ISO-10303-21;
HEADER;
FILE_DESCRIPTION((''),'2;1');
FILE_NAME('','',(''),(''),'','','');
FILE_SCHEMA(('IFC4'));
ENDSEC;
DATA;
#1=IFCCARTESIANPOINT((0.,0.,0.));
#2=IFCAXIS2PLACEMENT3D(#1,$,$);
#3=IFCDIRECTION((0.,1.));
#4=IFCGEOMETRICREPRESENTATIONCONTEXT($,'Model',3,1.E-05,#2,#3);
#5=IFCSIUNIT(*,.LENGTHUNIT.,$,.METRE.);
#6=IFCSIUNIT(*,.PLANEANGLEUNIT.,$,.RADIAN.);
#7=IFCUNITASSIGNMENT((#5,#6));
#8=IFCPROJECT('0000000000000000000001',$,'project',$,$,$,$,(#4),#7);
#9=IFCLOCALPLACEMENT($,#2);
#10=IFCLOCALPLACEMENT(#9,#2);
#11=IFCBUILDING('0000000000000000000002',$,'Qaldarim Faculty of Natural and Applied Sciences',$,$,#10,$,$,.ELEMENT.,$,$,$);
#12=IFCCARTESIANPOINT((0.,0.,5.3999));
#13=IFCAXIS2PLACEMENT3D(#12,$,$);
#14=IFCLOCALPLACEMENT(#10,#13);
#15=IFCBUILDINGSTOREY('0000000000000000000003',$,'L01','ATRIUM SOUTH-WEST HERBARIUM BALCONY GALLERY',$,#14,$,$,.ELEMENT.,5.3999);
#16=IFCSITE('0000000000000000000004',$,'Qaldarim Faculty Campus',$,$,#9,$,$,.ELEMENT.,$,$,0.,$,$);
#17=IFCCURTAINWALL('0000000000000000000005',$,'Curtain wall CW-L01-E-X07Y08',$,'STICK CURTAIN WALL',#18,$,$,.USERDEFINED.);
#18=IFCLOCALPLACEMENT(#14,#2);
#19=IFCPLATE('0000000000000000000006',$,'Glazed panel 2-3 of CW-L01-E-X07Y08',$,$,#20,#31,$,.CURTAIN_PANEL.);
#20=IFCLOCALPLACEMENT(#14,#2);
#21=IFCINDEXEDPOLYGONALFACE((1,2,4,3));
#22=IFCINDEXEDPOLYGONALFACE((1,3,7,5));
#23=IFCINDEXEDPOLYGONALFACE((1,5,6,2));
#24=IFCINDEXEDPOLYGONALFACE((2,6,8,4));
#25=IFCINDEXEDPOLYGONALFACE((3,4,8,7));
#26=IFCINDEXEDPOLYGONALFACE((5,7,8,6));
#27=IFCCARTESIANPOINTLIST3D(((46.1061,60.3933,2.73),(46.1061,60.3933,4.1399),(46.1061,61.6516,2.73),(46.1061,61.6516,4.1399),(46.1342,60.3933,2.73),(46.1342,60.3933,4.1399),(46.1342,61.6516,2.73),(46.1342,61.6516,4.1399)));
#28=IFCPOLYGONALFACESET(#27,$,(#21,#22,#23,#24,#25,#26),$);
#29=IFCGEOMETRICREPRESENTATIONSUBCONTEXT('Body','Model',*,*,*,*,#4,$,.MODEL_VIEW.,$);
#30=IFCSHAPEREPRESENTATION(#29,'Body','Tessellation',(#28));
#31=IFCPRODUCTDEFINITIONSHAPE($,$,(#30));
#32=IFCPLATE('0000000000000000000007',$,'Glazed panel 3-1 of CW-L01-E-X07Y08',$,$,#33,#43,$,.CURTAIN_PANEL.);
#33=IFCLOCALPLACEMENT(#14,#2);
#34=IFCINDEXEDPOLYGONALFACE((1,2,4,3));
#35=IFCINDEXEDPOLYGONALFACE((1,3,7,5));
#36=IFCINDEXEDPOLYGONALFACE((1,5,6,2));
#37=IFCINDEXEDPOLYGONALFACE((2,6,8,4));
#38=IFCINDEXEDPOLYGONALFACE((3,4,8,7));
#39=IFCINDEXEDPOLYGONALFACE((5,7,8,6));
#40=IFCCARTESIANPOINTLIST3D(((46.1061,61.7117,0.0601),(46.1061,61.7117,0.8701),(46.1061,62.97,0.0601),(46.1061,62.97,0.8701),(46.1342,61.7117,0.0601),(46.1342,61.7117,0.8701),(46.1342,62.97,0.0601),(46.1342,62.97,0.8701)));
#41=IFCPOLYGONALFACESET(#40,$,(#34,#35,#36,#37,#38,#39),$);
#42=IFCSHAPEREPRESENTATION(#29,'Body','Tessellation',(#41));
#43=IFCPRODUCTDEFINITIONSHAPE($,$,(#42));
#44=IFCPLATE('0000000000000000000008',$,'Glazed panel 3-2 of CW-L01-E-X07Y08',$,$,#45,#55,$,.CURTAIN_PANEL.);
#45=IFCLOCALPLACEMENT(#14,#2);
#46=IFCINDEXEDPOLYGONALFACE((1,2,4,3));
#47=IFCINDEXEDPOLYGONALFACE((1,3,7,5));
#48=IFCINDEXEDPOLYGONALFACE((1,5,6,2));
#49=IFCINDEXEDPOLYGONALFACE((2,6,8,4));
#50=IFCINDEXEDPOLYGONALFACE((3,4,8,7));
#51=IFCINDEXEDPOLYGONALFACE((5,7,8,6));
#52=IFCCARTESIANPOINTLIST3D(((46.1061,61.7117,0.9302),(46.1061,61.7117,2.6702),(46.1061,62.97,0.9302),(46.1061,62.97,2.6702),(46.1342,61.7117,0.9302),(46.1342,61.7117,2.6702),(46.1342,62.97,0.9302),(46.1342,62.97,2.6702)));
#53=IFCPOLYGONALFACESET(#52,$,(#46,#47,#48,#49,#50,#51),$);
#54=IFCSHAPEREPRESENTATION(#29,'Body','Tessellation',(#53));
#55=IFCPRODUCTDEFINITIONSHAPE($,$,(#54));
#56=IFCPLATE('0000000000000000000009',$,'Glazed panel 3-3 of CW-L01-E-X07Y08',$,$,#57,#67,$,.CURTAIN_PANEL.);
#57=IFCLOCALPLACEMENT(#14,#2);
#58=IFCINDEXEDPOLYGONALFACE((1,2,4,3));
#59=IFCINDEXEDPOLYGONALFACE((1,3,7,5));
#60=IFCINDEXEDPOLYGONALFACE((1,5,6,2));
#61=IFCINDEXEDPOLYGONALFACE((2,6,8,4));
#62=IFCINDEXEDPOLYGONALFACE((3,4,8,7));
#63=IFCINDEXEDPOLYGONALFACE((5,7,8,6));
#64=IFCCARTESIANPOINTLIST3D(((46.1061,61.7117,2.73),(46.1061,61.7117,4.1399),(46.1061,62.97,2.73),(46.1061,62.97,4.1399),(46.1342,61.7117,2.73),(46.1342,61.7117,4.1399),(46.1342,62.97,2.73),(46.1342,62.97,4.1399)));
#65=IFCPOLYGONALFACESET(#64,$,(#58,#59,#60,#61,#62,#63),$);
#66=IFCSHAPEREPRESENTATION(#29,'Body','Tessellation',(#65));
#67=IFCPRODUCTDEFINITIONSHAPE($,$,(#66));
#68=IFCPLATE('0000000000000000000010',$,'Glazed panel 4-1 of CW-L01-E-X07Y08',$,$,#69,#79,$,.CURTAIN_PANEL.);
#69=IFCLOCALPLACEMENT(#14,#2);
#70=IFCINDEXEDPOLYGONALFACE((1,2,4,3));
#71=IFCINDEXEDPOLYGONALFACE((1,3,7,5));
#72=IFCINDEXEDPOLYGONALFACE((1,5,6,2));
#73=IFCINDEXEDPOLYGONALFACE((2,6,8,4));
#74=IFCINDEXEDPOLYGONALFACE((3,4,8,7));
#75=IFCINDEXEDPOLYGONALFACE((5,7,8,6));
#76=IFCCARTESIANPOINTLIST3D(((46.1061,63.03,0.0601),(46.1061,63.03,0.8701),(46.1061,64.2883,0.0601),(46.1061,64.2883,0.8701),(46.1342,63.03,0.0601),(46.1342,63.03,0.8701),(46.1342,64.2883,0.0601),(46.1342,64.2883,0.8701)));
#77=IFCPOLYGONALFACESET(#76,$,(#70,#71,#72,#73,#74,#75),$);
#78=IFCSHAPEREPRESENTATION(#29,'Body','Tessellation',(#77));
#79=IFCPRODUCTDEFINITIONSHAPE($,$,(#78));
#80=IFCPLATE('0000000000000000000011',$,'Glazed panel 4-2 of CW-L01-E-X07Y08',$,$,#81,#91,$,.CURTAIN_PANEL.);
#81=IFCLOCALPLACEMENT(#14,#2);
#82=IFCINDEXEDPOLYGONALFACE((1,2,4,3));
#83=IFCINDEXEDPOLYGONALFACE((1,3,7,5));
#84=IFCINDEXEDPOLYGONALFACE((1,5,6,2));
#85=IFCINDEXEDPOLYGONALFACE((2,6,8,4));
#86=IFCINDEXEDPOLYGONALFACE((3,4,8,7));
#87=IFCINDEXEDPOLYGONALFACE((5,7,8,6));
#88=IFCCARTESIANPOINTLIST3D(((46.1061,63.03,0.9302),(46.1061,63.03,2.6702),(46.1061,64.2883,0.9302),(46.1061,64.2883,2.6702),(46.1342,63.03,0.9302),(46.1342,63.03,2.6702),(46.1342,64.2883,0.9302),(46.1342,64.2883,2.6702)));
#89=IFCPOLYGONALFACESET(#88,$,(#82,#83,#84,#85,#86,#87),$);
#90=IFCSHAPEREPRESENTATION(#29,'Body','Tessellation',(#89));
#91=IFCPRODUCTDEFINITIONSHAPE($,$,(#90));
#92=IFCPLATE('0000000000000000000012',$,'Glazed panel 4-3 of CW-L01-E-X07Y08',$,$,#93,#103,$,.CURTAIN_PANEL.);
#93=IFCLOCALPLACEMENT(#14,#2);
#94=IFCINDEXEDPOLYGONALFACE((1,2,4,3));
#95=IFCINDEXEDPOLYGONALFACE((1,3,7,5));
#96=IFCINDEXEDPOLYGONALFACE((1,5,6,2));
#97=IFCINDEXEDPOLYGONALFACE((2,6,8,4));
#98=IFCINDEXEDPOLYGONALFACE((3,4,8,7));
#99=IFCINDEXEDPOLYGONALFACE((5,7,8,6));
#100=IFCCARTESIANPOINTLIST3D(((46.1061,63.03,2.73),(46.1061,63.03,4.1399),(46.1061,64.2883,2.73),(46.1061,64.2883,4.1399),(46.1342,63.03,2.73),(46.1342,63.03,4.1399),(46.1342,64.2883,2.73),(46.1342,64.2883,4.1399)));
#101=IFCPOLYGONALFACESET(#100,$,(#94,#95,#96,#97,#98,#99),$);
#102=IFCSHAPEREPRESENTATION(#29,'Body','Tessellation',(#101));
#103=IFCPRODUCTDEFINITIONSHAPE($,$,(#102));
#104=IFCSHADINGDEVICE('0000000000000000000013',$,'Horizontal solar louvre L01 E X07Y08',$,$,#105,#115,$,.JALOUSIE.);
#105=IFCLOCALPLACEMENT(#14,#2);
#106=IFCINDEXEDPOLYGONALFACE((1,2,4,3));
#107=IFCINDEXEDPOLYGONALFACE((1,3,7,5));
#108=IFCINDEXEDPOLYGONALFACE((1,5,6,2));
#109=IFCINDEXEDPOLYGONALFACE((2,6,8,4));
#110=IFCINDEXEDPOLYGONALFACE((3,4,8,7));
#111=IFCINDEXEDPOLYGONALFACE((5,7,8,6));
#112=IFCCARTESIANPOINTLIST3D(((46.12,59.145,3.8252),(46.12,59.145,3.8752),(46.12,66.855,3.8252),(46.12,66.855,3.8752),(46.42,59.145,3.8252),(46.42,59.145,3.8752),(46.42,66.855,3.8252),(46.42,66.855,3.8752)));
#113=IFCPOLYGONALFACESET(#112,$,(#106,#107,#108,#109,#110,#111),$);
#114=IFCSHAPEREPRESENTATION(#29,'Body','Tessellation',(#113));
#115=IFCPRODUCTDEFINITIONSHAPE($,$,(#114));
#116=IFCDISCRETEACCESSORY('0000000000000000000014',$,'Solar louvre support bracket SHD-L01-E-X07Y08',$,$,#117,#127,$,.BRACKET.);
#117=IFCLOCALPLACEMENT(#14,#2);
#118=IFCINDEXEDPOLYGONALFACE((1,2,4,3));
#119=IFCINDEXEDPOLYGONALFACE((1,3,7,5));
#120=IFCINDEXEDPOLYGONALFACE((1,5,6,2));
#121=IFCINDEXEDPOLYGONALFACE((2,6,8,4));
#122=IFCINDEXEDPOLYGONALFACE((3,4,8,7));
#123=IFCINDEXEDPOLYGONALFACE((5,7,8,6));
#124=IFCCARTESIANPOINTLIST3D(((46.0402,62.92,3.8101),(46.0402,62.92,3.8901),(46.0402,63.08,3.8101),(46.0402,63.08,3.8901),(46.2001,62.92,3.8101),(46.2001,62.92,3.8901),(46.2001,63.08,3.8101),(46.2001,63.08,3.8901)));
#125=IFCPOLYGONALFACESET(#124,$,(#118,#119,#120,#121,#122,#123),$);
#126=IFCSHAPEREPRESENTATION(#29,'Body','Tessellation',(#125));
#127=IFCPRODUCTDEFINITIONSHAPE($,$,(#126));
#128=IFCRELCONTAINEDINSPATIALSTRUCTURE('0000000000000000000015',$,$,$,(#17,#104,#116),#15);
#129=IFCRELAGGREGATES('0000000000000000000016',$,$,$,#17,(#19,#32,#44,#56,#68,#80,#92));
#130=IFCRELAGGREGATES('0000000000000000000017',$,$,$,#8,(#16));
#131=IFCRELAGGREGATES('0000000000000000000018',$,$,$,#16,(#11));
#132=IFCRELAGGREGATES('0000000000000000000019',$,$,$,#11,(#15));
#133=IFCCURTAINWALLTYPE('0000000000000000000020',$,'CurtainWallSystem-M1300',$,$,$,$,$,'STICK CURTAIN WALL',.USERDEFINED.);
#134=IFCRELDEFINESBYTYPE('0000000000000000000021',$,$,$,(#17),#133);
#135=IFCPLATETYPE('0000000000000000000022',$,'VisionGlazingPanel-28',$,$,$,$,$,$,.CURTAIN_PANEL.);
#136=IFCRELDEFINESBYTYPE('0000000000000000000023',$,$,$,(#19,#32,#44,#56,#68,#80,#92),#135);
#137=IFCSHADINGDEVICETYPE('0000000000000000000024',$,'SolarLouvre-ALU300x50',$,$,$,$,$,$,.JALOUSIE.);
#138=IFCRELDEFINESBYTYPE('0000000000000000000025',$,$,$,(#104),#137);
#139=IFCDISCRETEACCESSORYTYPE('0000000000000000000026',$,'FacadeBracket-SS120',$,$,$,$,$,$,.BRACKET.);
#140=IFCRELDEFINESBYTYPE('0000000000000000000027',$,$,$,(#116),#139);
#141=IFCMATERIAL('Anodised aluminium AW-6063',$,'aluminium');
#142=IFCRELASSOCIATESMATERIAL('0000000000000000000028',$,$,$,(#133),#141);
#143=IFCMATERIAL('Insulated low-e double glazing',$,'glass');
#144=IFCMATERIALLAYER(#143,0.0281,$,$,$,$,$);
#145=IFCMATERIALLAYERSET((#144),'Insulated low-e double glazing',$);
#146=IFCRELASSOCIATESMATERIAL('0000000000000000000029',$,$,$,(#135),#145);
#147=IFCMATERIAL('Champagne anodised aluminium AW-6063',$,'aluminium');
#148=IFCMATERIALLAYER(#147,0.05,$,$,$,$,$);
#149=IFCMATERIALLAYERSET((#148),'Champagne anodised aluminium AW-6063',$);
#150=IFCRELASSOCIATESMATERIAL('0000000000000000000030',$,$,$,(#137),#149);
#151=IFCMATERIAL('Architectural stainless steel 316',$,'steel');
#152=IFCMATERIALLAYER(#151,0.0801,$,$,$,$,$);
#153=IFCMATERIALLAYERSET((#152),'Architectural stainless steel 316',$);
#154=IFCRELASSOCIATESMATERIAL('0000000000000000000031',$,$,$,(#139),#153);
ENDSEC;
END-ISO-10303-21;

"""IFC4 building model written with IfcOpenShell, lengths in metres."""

from ifc_helpers import new_model, si_unit, direction, frame, origin, origin_2d, place, context, subcontext, project, spatial, rectangle, extrude, material, layer, layer_set, type_object, element, aggregate, save


model = new_model("IFC4")

# Units and contexts
model_context = context("Model", 3, precision=1e-05, world=origin(), true_north=direction((0.0, 1.0)))
body_context = subcontext(model_context, "Body", "Model", "MODEL_VIEW")
ifc_project = project(units=[si_unit("LENGTHUNIT", "METRE"), si_unit("PLANEANGLEUNIT", "RADIAN")], contexts=[model_context])

# Site, building, storey
site_placement = place(None, origin())
site = spatial("IfcSite", under=ifc_project, at=site_placement, Name="Qaldarim Faculty Campus", CompositionType="ELEMENT", RefElevation=0.0)
building_placement = place(site_placement, origin())
building = spatial("IfcBuilding", under=site, at=building_placement, Name="Qaldarim Faculty of Natural and Applied Sciences", CompositionType="ELEMENT")
storey_placement = place(building_placement, frame((0.0, 0.0, 5.3999)))
storey = spatial("IfcBuildingStorey", under=building, at=storey_placement, Name="L01", Description="ATRIUM SOUTH-WEST HERBARIUM BALCONY GALLERY", CompositionType="ELEMENT", Elevation=5.3999)

# Curtain wall, plates
ifc_material_1 = material(Name="Anodised aluminium AW-6063", Category="aluminium")
curtain_wall_type = type_object("IfcCurtainWallType", Name="CurtainWallSystem-M1300", ElementType="STICK CURTAIN WALL", PredefinedType="USERDEFINED", material=ifc_material_1)
curtain_wall_placement = place(storey_placement, origin())
curtain_wall = element("IfcCurtainWall", 1, at=curtain_wall_placement, inside=storey, type_object=curtain_wall_type, Name="Curtain wall CW-L01-E-X07Y08", ObjectType="STICK CURTAIN WALL", PredefinedType="USERDEFINED")
ifc_material_2 = material(Name="Insulated low-e double glazing", Category="glass")
ifc_layer_1 = layer(ifc_material_2, 0.0281)
ifc_layer_set_1 = layer_set([ifc_layer_1], Name="Insulated low-e double glazing")
plate_type = type_object("IfcPlateType", Name="VisionGlazingPanel-28", PredefinedType="CURTAIN_PANEL", material=ifc_layer_set_1)
plate_1_placement = place(storey_placement, frame((46.1201, 61.0225, 2.73), z_axis=(0.0, 0.0, 1.0), x_axis=(0.0, 1.0, 0.0)))
plate_1 = element("IfcPlate", 2, at=plate_1_placement, type_object=plate_type, Name="Glazed panel 2-3 of CW-L01-E-X07Y08", PredefinedType="CURTAIN_PANEL", context=body_context, shape_type="SweptSolid", body=[
    extrude(rectangle(XDim=1.2583, YDim=0.0281, at=origin_2d()), origin(), (0.0, 0.0, 1.0), 1.4099),
])
plate_2_placement = place(storey_placement, frame((46.1201, 62.3408, 0.0601), z_axis=(0.0, 0.0, 1.0), x_axis=(0.0, 1.0, 0.0)))
plate_2 = element("IfcPlate", 3, at=plate_2_placement, type_object=plate_type, Name="Glazed panel 3-1 of CW-L01-E-X07Y08", PredefinedType="CURTAIN_PANEL", context=body_context, shape_type="SweptSolid", body=[
    extrude(rectangle(XDim=1.2583, YDim=0.0281, at=origin_2d()), origin(), (0.0, 0.0, 1.0), 0.8101),
])
plate_3_placement = place(storey_placement, frame((46.1201, 62.3408, 0.9302), z_axis=(0.0, 0.0, 1.0), x_axis=(0.0, 1.0, 0.0)))
plate_3 = element("IfcPlate", 4, at=plate_3_placement, type_object=plate_type, Name="Glazed panel 3-2 of CW-L01-E-X07Y08", PredefinedType="CURTAIN_PANEL", context=body_context, shape_type="SweptSolid", body=[
    extrude(rectangle(XDim=1.2583, YDim=0.0281, at=origin_2d()), origin(), (0.0, 0.0, 1.0), 1.74),
])
plate_4_placement = place(storey_placement, frame((46.1201, 62.3408, 2.73), z_axis=(0.0, 0.0, 1.0), x_axis=(0.0, 1.0, 0.0)))
plate_4 = element("IfcPlate", 5, at=plate_4_placement, type_object=plate_type, Name="Glazed panel 3-3 of CW-L01-E-X07Y08", PredefinedType="CURTAIN_PANEL", context=body_context, shape_type="SweptSolid", body=[
    extrude(rectangle(XDim=1.2583, YDim=0.0281, at=origin_2d()), origin(), (0.0, 0.0, 1.0), 1.4099),
])
plate_5_placement = place(storey_placement, frame((46.1201, 63.6592, 0.0601), z_axis=(0.0, 0.0, 1.0), x_axis=(0.0, 1.0, 0.0)))
plate_5 = element("IfcPlate", 6, at=plate_5_placement, type_object=plate_type, Name="Glazed panel 4-1 of CW-L01-E-X07Y08", PredefinedType="CURTAIN_PANEL", context=body_context, shape_type="SweptSolid", body=[
    extrude(rectangle(XDim=1.2583, YDim=0.0281, at=origin_2d()), origin(), (0.0, 0.0, 1.0), 0.8101),
])
plate_6_placement = place(storey_placement, frame((46.1201, 63.6592, 0.9302), z_axis=(0.0, 0.0, 1.0), x_axis=(0.0, 1.0, 0.0)))
plate_6 = element("IfcPlate", 7, at=plate_6_placement, type_object=plate_type, Name="Glazed panel 4-2 of CW-L01-E-X07Y08", PredefinedType="CURTAIN_PANEL", context=body_context, shape_type="SweptSolid", body=[
    extrude(rectangle(XDim=1.2583, YDim=0.0281, at=origin_2d()), origin(), (0.0, 0.0, 1.0), 1.74),
])
plate_7_placement = place(storey_placement, frame((46.1201, 63.6592, 2.73), z_axis=(0.0, 0.0, 1.0), x_axis=(0.0, 1.0, 0.0)))
plate_7 = element("IfcPlate", 8, at=plate_7_placement, type_object=plate_type, Name="Glazed panel 4-3 of CW-L01-E-X07Y08", PredefinedType="CURTAIN_PANEL", context=body_context, shape_type="SweptSolid", body=[
    extrude(rectangle(XDim=1.2583, YDim=0.0281, at=origin_2d()), origin(), (0.0, 0.0, 1.0), 1.4099),
])
aggregate(curtain_wall, [plate_1, plate_2, plate_3, plate_4, plate_5, plate_6, plate_7])

# Shading device
ifc_material_3 = material(Name="Champagne anodised aluminium AW-6063", Category="aluminium")
ifc_layer_2 = layer(ifc_material_3, 0.05)
ifc_layer_set_2 = layer_set([ifc_layer_2], Name="Champagne anodised aluminium AW-6063")
shading_device_type = type_object("IfcShadingDeviceType", Name="SolarLouvre-ALU300x50", PredefinedType="JALOUSIE", material=ifc_layer_set_2)
shading_device_placement = place(storey_placement, frame((46.27, 63.0, 3.8252), z_axis=(0.0, 0.0, 1.0), x_axis=(0.0, 1.0, 0.0)))
element("IfcShadingDevice", 9, at=shading_device_placement, inside=storey, type_object=shading_device_type, Name="Horizontal solar louvre L01 E X07Y08", PredefinedType="JALOUSIE", context=body_context, shape_type="SweptSolid", body=[
    extrude(rectangle(XDim=7.71, YDim=0.3, at=origin_2d()), origin(), (0.0, 0.0, 1.0), 0.05),
])

# Discrete accessory
ifc_material_4 = material(Name="Architectural stainless steel 316", Category="steel")
ifc_layer_3 = layer(ifc_material_4, 0.0801)
ifc_layer_set_3 = layer_set([ifc_layer_3], Name="Architectural stainless steel 316")
discrete_accessory_type = type_object("IfcDiscreteAccessoryType", Name="FacadeBracket-SS120", PredefinedType="BRACKET", material=ifc_layer_set_3)
discrete_accessory_placement = place(storey_placement, frame((46.1201, 63.0, 3.8101), z_axis=(0.0, 0.0, 1.0), x_axis=(0.0, 1.0, 0.0)))
element("IfcDiscreteAccessory", 10, at=discrete_accessory_placement, inside=storey, type_object=discrete_accessory_type, Name="Solar louvre support bracket SHD-L01-E-X07Y08", PredefinedType="BRACKET", context=body_context, shape_type="SweptSolid", body=[
    extrude(rectangle(XDim=0.1599, YDim=0.1599, at=origin_2d()), origin(), (0.0, 0.0, 1.0), 0.0801),
])

save(model, "model.ifc")
